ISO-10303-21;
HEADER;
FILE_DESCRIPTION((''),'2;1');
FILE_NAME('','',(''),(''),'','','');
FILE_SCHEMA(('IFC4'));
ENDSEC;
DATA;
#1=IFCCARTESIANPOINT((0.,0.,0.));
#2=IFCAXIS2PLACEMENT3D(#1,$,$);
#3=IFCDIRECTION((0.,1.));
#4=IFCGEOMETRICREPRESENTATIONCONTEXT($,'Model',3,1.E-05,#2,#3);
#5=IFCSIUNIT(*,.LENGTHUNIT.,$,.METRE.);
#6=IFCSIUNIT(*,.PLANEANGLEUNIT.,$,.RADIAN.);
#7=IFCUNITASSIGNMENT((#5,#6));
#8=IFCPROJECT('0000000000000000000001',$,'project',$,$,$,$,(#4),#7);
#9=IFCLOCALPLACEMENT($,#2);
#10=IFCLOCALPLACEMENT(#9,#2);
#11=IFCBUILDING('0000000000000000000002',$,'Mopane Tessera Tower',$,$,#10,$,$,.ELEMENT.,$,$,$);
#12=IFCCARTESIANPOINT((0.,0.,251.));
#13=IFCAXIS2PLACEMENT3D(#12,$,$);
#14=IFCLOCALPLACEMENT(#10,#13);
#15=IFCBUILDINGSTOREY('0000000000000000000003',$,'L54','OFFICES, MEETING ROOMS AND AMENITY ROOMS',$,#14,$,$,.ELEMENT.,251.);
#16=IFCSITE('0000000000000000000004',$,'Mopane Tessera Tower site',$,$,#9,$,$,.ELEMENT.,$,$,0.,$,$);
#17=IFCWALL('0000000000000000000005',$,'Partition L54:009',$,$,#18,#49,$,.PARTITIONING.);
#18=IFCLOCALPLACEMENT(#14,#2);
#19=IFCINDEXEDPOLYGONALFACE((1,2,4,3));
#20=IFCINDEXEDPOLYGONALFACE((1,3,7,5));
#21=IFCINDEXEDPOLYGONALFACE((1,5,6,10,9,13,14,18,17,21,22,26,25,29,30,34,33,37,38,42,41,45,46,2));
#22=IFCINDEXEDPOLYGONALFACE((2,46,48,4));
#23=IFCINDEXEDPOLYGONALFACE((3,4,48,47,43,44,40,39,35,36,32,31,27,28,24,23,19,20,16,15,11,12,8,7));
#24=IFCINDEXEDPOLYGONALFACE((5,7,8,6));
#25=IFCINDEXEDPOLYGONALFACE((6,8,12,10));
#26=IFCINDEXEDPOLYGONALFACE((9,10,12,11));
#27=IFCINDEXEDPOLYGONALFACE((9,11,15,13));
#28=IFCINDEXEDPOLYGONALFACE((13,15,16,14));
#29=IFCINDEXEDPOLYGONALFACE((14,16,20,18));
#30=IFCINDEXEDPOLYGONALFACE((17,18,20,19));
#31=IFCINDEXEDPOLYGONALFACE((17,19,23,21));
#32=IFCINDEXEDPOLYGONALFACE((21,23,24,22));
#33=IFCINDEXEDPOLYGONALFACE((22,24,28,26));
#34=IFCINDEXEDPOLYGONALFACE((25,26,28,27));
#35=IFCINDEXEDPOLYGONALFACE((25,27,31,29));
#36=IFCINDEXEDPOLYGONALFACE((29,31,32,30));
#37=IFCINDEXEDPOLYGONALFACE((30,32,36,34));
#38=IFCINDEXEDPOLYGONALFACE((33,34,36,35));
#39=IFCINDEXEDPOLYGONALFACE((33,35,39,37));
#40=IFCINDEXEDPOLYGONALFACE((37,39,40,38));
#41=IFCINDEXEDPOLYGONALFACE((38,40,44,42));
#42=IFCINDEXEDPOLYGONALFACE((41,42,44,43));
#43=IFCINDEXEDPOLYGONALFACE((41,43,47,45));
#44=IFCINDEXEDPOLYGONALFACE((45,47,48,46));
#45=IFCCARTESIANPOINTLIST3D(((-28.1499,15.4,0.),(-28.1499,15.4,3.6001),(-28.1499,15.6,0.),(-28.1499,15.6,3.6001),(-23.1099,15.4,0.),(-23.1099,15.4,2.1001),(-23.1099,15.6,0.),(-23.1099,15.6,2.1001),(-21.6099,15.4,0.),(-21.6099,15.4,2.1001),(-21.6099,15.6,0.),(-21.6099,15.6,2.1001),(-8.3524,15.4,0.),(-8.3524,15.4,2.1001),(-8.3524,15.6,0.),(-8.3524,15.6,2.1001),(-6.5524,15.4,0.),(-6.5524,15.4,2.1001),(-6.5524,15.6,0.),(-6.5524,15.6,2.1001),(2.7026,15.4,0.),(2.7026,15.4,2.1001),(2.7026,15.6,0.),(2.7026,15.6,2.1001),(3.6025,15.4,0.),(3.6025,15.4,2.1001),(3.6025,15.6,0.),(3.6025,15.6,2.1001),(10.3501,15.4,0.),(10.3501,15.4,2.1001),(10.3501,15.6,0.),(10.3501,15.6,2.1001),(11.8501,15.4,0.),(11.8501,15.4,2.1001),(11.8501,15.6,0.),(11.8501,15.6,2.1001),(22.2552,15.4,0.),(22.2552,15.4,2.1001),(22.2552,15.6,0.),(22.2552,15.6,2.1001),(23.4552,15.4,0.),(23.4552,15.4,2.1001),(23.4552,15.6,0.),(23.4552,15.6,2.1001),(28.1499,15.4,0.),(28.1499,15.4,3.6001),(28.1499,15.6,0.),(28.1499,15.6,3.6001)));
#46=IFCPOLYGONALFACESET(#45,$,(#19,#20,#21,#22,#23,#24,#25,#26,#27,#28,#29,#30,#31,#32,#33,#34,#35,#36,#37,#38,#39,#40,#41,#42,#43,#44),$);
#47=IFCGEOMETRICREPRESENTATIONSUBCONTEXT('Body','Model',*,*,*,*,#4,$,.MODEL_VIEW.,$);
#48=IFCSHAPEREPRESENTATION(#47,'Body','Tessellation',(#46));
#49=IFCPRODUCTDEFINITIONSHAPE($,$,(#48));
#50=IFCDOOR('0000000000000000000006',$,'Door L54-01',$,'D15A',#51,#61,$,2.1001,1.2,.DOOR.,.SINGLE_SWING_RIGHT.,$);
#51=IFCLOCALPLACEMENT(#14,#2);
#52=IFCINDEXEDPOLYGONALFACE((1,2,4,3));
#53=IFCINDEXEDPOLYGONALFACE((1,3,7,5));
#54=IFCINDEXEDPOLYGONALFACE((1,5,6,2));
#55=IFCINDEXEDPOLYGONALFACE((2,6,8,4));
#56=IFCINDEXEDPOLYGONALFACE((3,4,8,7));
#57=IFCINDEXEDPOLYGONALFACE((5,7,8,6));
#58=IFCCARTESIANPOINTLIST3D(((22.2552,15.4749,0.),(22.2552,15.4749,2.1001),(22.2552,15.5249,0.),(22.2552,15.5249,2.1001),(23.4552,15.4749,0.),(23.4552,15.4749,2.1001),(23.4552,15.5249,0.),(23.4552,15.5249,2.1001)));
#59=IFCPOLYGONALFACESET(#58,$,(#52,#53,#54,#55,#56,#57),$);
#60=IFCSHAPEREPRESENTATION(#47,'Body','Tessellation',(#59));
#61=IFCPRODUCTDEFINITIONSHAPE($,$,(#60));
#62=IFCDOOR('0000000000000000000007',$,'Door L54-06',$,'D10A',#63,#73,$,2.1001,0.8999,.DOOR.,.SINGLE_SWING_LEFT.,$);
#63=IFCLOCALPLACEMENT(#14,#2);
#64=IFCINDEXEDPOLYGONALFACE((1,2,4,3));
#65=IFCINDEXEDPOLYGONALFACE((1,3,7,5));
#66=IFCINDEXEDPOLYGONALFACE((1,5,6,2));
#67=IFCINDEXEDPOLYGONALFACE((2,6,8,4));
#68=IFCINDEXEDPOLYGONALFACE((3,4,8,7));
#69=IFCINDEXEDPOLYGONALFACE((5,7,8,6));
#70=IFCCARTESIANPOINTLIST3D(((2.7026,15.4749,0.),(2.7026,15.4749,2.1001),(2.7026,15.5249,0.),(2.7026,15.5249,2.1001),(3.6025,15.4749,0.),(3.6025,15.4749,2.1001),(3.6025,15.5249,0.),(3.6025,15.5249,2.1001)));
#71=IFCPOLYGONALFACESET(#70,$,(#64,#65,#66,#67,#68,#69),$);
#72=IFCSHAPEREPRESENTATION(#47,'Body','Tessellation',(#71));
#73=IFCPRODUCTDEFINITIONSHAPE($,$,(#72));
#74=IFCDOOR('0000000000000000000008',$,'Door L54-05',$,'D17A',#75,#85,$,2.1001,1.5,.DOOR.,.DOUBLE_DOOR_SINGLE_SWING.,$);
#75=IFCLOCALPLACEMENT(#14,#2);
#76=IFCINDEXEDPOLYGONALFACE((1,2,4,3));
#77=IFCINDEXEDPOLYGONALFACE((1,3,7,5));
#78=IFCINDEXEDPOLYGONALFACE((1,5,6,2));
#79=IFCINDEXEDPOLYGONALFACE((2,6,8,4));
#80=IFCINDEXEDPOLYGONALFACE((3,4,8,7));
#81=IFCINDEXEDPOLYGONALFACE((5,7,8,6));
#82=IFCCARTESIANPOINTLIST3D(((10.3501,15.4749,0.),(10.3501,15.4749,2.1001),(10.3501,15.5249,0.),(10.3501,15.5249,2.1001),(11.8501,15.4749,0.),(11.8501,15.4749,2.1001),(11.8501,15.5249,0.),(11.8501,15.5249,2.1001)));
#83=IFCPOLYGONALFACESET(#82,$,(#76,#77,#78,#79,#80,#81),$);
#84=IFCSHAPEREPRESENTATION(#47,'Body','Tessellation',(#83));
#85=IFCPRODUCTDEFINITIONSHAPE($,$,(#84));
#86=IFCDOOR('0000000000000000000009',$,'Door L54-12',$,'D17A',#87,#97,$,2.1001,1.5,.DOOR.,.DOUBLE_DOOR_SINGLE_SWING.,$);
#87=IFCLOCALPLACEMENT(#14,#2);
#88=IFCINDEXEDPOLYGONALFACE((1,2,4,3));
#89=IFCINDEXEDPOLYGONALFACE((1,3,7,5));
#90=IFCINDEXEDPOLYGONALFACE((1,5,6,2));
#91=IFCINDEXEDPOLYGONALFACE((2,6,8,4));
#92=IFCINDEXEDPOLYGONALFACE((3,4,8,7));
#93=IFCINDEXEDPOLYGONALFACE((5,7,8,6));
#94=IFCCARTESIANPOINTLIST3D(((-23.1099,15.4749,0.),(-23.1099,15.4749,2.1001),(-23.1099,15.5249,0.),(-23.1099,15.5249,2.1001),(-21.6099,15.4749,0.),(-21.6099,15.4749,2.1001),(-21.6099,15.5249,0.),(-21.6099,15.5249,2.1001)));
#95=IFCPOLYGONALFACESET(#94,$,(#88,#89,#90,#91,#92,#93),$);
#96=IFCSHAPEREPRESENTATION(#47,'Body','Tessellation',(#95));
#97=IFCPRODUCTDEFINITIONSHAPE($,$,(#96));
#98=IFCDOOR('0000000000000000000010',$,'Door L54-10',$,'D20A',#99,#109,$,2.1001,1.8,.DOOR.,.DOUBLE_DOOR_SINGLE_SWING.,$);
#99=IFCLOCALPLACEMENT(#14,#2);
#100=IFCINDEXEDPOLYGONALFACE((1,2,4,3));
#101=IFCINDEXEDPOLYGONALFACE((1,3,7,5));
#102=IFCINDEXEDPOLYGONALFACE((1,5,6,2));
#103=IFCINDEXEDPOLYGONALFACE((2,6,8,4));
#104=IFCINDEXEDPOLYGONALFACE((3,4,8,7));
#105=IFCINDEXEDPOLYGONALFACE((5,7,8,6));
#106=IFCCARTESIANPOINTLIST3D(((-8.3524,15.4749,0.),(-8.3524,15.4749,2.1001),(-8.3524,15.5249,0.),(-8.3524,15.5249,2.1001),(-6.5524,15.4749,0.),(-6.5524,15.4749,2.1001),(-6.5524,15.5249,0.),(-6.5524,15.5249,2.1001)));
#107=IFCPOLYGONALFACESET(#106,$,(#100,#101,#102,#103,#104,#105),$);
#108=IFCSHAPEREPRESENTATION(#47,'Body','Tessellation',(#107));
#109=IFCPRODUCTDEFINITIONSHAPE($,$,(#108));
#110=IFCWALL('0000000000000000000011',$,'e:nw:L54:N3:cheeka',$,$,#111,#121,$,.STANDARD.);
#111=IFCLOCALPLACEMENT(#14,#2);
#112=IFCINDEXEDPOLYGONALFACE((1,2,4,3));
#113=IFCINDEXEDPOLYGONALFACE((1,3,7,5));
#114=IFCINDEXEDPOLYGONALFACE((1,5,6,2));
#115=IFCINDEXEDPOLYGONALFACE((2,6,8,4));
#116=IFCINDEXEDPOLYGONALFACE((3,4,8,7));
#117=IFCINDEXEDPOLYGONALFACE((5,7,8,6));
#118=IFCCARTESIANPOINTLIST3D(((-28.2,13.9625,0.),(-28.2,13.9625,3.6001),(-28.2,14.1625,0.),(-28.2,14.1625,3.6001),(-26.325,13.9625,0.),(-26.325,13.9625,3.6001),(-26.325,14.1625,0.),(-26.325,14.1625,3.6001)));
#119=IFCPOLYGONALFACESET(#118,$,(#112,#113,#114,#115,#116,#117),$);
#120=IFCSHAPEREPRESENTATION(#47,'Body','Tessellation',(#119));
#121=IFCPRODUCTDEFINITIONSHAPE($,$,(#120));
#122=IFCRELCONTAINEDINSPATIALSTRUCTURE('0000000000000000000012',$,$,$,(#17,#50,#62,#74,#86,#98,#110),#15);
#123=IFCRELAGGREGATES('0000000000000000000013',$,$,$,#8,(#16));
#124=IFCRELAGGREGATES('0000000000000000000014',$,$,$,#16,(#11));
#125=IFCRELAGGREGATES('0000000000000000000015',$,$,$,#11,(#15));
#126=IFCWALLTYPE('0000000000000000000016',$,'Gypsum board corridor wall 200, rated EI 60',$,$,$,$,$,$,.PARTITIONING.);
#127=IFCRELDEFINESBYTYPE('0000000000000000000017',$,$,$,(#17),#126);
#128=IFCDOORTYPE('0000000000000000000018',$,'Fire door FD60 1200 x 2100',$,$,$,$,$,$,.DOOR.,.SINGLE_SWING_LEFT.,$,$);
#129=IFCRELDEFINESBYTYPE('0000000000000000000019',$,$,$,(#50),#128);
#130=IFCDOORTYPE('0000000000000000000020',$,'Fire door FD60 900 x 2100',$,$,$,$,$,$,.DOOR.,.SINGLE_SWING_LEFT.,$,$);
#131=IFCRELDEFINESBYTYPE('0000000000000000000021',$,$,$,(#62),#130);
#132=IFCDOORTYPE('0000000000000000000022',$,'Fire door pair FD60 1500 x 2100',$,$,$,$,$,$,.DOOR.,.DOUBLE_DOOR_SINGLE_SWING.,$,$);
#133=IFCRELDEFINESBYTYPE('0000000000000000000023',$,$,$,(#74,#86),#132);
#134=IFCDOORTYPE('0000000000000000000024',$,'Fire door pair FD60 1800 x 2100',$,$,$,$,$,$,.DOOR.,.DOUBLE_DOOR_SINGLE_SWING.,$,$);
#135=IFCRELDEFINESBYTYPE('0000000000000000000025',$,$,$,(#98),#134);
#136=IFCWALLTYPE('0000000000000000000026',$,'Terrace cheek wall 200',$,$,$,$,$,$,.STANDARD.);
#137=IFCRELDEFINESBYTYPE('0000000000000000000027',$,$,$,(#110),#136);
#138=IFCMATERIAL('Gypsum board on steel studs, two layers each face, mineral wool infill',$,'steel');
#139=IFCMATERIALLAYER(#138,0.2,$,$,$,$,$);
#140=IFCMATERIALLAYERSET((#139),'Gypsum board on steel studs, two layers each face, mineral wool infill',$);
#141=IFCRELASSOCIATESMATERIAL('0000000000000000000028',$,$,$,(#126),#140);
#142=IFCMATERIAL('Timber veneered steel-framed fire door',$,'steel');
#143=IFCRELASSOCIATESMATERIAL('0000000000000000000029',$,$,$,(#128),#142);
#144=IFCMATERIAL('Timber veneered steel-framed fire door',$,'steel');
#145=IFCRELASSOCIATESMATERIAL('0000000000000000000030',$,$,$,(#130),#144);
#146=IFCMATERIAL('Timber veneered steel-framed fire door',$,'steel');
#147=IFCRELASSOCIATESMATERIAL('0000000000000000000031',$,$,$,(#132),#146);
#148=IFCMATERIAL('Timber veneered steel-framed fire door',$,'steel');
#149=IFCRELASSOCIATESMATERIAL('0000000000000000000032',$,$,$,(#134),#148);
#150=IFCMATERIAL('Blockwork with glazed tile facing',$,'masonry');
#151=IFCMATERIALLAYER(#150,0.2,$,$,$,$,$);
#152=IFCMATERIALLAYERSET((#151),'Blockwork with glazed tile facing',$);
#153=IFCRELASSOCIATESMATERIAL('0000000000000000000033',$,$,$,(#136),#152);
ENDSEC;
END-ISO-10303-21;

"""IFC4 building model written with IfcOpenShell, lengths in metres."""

from ifc_helpers import new_model, si_unit, direction, frame, frame_2d, origin, place, context, subcontext, project, spatial, rectangle, extrude, material, layer, layer_set, type_object, element, fill, save


model = new_model("IFC4")

# Units and contexts
model_context = context("Model", 3, precision=1e-05, world=origin(), true_north=direction((0.0, 1.0)))
body_context = subcontext(model_context, "Body", "Model", "MODEL_VIEW")
ifc_project = project(units=[si_unit("LENGTHUNIT", "METRE"), si_unit("PLANEANGLEUNIT", "RADIAN")], contexts=[model_context])

# Site, building, storey
site_placement = place(None, origin())
site = spatial("IfcSite", under=ifc_project, at=site_placement, Name="Mopane Tessera Tower site", CompositionType="ELEMENT", RefElevation=0.0)
building_placement = place(site_placement, origin())
building = spatial("IfcBuilding", under=site, at=building_placement, Name="Mopane Tessera Tower", CompositionType="ELEMENT")
storey_placement = place(building_placement, frame((0.0, 0.0, 251.0)))
storey = spatial("IfcBuildingStorey", under=building, at=storey_placement, Name="L54", Description="OFFICES, MEETING ROOMS AND AMENITY ROOMS", CompositionType="ELEMENT", Elevation=251.0)

# Wall, openings, doors
ifc_material_1 = material(Name="Gypsum board on steel studs, two layers each face, mineral wool infill", Category="steel")
ifc_layer_1 = layer(ifc_material_1, 0.2)
ifc_layer_set_1 = layer_set([ifc_layer_1], Name="Gypsum board on steel studs, two layers each face, mineral wool infill")
wall_type_1 = type_object("IfcWallType", Name="Gypsum board corridor wall 200, rated EI 60", PredefinedType="PARTITIONING", material=ifc_layer_set_1)
wall_1_placement = place(storey_placement, frame((-28.1499, 15.5, 0.0), z_axis=(0.0, 0.0, 1.0), x_axis=(1.0, 0.0, 0.0)))
wall_1 = element("IfcWall", 1, at=wall_1_placement, inside=storey, type_object=wall_type_1, Name="Partition L54:009", PredefinedType="PARTITIONING", context=body_context, shape_type="SweptSolid", body=[
    extrude(rectangle(XDim=56.2998, YDim=0.2, at=frame_2d((28.1499, 0.0))), origin(), (0.0, 0.0, 1.0), 3.6001),
])
opening_1_placement = place(wall_1_placement, frame((50.405, 0.0, 0.0)))
opening_1 = element("IfcOpeningElement", 2, at=opening_1_placement, cuts=wall_1, PredefinedType="OPENING", context=body_context, shape_type="SweptSolid", body=[
    extrude(rectangle(XDim=1.2, YDim=2.1001, at=frame_2d((0.6001, 1.05))), frame((0.0, 0.1121, 0.0), z_axis=(0.0, -1.0, 0.0), x_axis=(1.0, 0.0, 0.0)), (0.0, 0.0, 1.0), 0.2239),
])
opening_2_placement = place(wall_1_placement, frame((38.5, 0.0, 0.0)))
opening_2 = element("IfcOpeningElement", 3, at=opening_2_placement, cuts=wall_1, PredefinedType="OPENING", context=body_context, shape_type="SweptSolid", body=[
    extrude(rectangle(XDim=1.5, YDim=2.1001, at=frame_2d((0.75, 1.05))), frame((0.0, 0.1121, 0.0), z_axis=(0.0, -1.0, 0.0), x_axis=(1.0, 0.0, 0.0)), (0.0, 0.0, 1.0), 0.2239),
])
opening_3_placement = place(wall_1_placement, frame((30.8525, 0.0, 0.0)))
opening_3 = element("IfcOpeningElement", 4, at=opening_3_placement, cuts=wall_1, PredefinedType="OPENING", context=body_context, shape_type="SweptSolid", body=[
    extrude(rectangle(XDim=0.8999, YDim=2.1001, at=frame_2d((0.45, 1.05))), frame((0.0, 0.1121, 0.0), z_axis=(0.0, -1.0, 0.0), x_axis=(1.0, 0.0, 0.0)), (0.0, 0.0, 1.0), 0.2239),
])
opening_4_placement = place(wall_1_placement, frame((19.7976, 0.0, 0.0)))
opening_4 = element("IfcOpeningElement", 5, at=opening_4_placement, cuts=wall_1, PredefinedType="OPENING", context=body_context, shape_type="SweptSolid", body=[
    extrude(rectangle(XDim=1.8, YDim=2.1001, at=frame_2d((0.8999, 1.05))), frame((0.0, 0.1121, 0.0), z_axis=(0.0, -1.0, 0.0), x_axis=(1.0, 0.0, 0.0)), (0.0, 0.0, 1.0), 0.2239),
])
opening_5_placement = place(wall_1_placement, frame((5.04, 0.0, 0.0)))
opening_5 = element("IfcOpeningElement", 6, at=opening_5_placement, cuts=wall_1, PredefinedType="OPENING", context=body_context, shape_type="SweptSolid", body=[
    extrude(rectangle(XDim=1.5, YDim=2.1001, at=frame_2d((0.75, 1.05))), frame((0.0, 0.1121, 0.0), z_axis=(0.0, -1.0, 0.0), x_axis=(1.0, 0.0, 0.0)), (0.0, 0.0, 1.0), 0.2239),
])
ifc_material_2 = material(Name="Timber veneered steel-framed fire door", Category="steel")
door_type_1 = type_object("IfcDoorType", Name="Fire door FD60 1200 x 2100", OperationType="SINGLE_SWING_LEFT", PredefinedType="DOOR", material=ifc_material_2)
door_1_placement = place(opening_1_placement, origin())
door_1 = element("IfcDoor", 7, at=door_1_placement, inside=storey, type_object=door_type_1, Name="Door L54-01", ObjectType="D15A", OperationType="SINGLE_SWING_RIGHT", OverallHeight=2.1001, OverallWidth=1.2, PredefinedType="DOOR", context=body_context, shape_type="SweptSolid", body=[
    extrude(rectangle(XDim=1.2, YDim=2.1001, at=frame_2d((0.6001, 1.05))), frame((0.0, 0.0249, 0.0), z_axis=(0.0, -1.0, 0.0), x_axis=(1.0, 0.0, 0.0)), (0.0, 0.0, 1.0), 0.05),
])
fill(opening_1, door_1)
ifc_material_3 = material(Name="Timber veneered steel-framed fire door", Category="steel")
door_type_2 = type_object("IfcDoorType", Name="Fire door FD60 900 x 2100", OperationType="SINGLE_SWING_LEFT", PredefinedType="DOOR", material=ifc_material_3)
door_2_placement = place(opening_3_placement, origin())
door_2 = element("IfcDoor", 8, at=door_2_placement, inside=storey, type_object=door_type_2, Name="Door L54-06", ObjectType="D10A", OperationType="SINGLE_SWING_LEFT", OverallHeight=2.1001, OverallWidth=0.8999, PredefinedType="DOOR", context=body_context, shape_type="SweptSolid", body=[
    extrude(rectangle(XDim=0.8999, YDim=2.1001, at=frame_2d((0.45, 1.05))), frame((0.0, 0.0249, 0.0), z_axis=(0.0, -1.0, 0.0), x_axis=(1.0, 0.0, 0.0)), (0.0, 0.0, 1.0), 0.05),
])
fill(opening_3, door_2)
ifc_material_4 = material(Name="Timber veneered steel-framed fire door", Category="steel")
door_type_3 = type_object("IfcDoorType", Name="Fire door pair FD60 1500 x 2100", OperationType="DOUBLE_DOOR_SINGLE_SWING", PredefinedType="DOOR", material=ifc_material_4)
door_3_placement = place(opening_2_placement, origin())
door_3 = element("IfcDoor", 9, at=door_3_placement, inside=storey, type_object=door_type_3, Name="Door L54-05", ObjectType="D17A", OperationType="DOUBLE_DOOR_SINGLE_SWING", OverallHeight=2.1001, OverallWidth=1.5, PredefinedType="DOOR", context=body_context, shape_type="SweptSolid", body=[
    extrude(rectangle(XDim=1.5, YDim=2.1001, at=frame_2d((0.75, 1.05))), frame((0.0, 0.0249, 0.0), z_axis=(0.0, -1.0, 0.0), x_axis=(1.0, 0.0, 0.0)), (0.0, 0.0, 1.0), 0.05),
])
fill(opening_2, door_3)
door_4_placement = place(opening_5_placement, origin())
door_4 = element("IfcDoor", 10, at=door_4_placement, inside=storey, type_object=door_type_3, Name="Door L54-12", ObjectType="D17A", OperationType="DOUBLE_DOOR_SINGLE_SWING", OverallHeight=2.1001, OverallWidth=1.5, PredefinedType="DOOR", context=body_context, shape_type="SweptSolid", body=[
    extrude(rectangle(XDim=1.5, YDim=2.1001, at=frame_2d((0.75, 1.05))), frame((0.0, 0.0249, 0.0), z_axis=(0.0, -1.0, 0.0), x_axis=(1.0, 0.0, 0.0)), (0.0, 0.0, 1.0), 0.05),
])
fill(opening_5, door_4)
ifc_material_5 = material(Name="Timber veneered steel-framed fire door", Category="steel")
door_type_4 = type_object("IfcDoorType", Name="Fire door pair FD60 1800 x 2100", OperationType="DOUBLE_DOOR_SINGLE_SWING", PredefinedType="DOOR", material=ifc_material_5)
door_5_placement = place(opening_4_placement, origin())
door_5 = element("IfcDoor", 11, at=door_5_placement, inside=storey, type_object=door_type_4, Name="Door L54-10", ObjectType="D20A", OperationType="DOUBLE_DOOR_SINGLE_SWING", OverallHeight=2.1001, OverallWidth=1.8, PredefinedType="DOOR", context=body_context, shape_type="SweptSolid", body=[
    extrude(rectangle(XDim=1.8, YDim=2.1001, at=frame_2d((0.8999, 1.05))), frame((0.0, 0.0249, 0.0), z_axis=(0.0, -1.0, 0.0), x_axis=(1.0, 0.0, 0.0)), (0.0, 0.0, 1.0), 0.05),
])
fill(opening_4, door_5)

# Wall
ifc_material_6 = material(Name="Blockwork with glazed tile facing", Category="masonry")
ifc_layer_2 = layer(ifc_material_6, 0.2)
ifc_layer_set_2 = layer_set([ifc_layer_2], Name="Blockwork with glazed tile facing")
wall_type_2 = type_object("IfcWallType", Name="Terrace cheek wall 200", PredefinedType="STANDARD", material=ifc_layer_set_2)
wall_2_placement = place(storey_placement, frame((-28.2, 14.0625, 0.0), z_axis=(0.0, 0.0, 1.0), x_axis=(1.0, 0.0, 0.0)))
element("IfcWall", 12, at=wall_2_placement, inside=storey, type_object=wall_type_2, Name="e:nw:L54:N3:cheeka", PredefinedType="STANDARD", context=body_context, shape_type="SweptSolid", body=[
    extrude(rectangle(XDim=1.875, YDim=0.2, at=frame_2d((0.9375, 0.0))), origin(), (0.0, 0.0, 1.0), 3.6001),
])

save(model, "model.ifc")
